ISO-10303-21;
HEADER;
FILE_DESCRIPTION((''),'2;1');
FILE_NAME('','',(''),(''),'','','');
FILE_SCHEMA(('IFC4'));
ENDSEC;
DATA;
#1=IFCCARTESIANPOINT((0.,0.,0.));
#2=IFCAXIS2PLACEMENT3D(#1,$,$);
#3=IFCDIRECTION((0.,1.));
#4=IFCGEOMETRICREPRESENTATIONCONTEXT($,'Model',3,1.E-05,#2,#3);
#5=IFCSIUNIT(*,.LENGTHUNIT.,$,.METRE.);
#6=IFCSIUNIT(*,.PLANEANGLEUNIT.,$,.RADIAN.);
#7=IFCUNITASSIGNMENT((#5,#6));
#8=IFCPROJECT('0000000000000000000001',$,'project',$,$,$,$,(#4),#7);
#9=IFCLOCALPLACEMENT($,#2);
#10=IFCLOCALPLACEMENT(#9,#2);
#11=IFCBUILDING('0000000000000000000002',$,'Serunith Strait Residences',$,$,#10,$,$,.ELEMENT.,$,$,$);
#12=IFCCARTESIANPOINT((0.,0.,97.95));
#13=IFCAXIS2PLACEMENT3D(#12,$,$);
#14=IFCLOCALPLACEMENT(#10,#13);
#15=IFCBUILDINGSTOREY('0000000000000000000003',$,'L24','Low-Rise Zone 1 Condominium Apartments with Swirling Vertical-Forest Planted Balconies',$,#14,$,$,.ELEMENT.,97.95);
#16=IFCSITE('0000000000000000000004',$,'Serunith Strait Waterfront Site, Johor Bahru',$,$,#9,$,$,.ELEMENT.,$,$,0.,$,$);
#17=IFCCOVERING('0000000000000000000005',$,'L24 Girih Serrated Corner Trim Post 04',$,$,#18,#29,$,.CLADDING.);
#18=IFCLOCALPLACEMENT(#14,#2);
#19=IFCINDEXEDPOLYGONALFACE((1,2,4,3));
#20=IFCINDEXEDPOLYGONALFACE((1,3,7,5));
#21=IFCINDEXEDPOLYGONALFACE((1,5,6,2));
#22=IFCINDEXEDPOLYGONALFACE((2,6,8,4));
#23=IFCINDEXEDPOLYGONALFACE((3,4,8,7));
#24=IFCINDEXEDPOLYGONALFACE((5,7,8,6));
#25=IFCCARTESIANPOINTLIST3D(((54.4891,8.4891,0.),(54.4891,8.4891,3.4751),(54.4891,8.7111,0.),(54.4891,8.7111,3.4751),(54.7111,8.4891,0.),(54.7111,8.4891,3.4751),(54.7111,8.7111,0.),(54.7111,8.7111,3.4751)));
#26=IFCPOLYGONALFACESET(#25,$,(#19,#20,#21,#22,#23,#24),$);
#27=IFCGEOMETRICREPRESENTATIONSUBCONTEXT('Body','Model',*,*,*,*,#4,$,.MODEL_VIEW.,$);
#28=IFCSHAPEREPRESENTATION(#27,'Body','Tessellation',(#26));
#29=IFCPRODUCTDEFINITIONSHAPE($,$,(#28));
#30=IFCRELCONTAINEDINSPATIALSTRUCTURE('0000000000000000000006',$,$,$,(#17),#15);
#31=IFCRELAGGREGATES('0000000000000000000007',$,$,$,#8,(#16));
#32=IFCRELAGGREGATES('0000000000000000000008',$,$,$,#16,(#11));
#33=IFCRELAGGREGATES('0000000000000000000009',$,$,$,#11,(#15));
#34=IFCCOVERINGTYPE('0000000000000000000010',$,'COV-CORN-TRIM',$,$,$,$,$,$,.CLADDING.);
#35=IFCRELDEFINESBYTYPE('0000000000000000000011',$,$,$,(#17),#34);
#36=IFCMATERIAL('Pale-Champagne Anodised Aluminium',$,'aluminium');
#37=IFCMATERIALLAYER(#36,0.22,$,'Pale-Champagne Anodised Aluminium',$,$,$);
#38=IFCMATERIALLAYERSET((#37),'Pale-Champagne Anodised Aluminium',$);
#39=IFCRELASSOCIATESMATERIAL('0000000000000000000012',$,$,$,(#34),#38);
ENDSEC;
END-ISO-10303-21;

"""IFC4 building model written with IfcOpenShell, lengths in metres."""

from ifc_helpers import new_model, si_unit, direction, frame, origin, origin_2d, place, context, subcontext, project, spatial, rectangle, extrude, source, transform, mapped, material, layer, layer_set, type_object, element, save


model = new_model("IFC4")

# Units and contexts
model_context = context("Model", 3, precision=1e-05, world=origin(), true_north=direction((0.0, 1.0)))
body_context = subcontext(model_context, "Body", "Model", "MODEL_VIEW")
ifc_project = project(units=[si_unit("LENGTHUNIT", "METRE"), si_unit("PLANEANGLEUNIT", "RADIAN")], contexts=[model_context])

# Site, building, storey
site_placement = place(None, origin())
site = spatial("IfcSite", under=ifc_project, at=site_placement, Name="Serunith Strait Waterfront Site, Johor Bahru", CompositionType="ELEMENT", RefElevation=0.0)
building_placement = place(site_placement, origin())
building = spatial("IfcBuilding", under=site, at=building_placement, Name="Serunith Strait Residences", CompositionType="ELEMENT")
storey_placement = place(building_placement, frame((0.0, 0.0, 97.95)))
storey = spatial("IfcBuildingStorey", under=building, at=storey_placement, Name="L24", Description="Low-Rise Zone 1 Condominium Apartments with Swirling Vertical-Forest Planted Balconies", CompositionType="ELEMENT", Elevation=97.95)

# Shared definitions
ifc_material_1 = material(Name="Pale-Champagne Anodised Aluminium", Category="aluminium")

# Covering
ifc_layer_1 = layer(ifc_material_1, 0.22, Name="Pale-Champagne Anodised Aluminium")
ifc_layer_set_1 = layer_set([ifc_layer_1], Name="Pale-Champagne Anodised Aluminium")
covering_type = type_object("IfcCoveringType", Name="COV-CORN-TRIM", PredefinedType="CLADDING", material=ifc_layer_set_1)
shared_shape_1 = source(origin(), body_context, "Body", "SweptSolid", [
    extrude(rectangle(XDim=0.2219, YDim=0.2219, at=origin_2d()), origin(), (0.0, 0.0, 1.0), 3.4751),
])
for number, where, z_axis, x_axis, name in (
    (1, (54.6001, 8.6001, 0.0), (0.0, 0.0, 1.0), (1.0, 0.0, 0.0), "L24 Girih Serrated Corner Trim Post 04"),
):
    element("IfcCovering", number, at=place(storey_placement, frame(where, z_axis=z_axis, x_axis=x_axis)), inside=storey, type_object=covering_type, Name=name, PredefinedType="CLADDING", context=body_context, shape_type="MappedRepresentation", body=[
        mapped(shared_shape_1, transform((0.0, 0.0, 0.0), scale=1.0)),
    ])

save(model, "model.ifc")
